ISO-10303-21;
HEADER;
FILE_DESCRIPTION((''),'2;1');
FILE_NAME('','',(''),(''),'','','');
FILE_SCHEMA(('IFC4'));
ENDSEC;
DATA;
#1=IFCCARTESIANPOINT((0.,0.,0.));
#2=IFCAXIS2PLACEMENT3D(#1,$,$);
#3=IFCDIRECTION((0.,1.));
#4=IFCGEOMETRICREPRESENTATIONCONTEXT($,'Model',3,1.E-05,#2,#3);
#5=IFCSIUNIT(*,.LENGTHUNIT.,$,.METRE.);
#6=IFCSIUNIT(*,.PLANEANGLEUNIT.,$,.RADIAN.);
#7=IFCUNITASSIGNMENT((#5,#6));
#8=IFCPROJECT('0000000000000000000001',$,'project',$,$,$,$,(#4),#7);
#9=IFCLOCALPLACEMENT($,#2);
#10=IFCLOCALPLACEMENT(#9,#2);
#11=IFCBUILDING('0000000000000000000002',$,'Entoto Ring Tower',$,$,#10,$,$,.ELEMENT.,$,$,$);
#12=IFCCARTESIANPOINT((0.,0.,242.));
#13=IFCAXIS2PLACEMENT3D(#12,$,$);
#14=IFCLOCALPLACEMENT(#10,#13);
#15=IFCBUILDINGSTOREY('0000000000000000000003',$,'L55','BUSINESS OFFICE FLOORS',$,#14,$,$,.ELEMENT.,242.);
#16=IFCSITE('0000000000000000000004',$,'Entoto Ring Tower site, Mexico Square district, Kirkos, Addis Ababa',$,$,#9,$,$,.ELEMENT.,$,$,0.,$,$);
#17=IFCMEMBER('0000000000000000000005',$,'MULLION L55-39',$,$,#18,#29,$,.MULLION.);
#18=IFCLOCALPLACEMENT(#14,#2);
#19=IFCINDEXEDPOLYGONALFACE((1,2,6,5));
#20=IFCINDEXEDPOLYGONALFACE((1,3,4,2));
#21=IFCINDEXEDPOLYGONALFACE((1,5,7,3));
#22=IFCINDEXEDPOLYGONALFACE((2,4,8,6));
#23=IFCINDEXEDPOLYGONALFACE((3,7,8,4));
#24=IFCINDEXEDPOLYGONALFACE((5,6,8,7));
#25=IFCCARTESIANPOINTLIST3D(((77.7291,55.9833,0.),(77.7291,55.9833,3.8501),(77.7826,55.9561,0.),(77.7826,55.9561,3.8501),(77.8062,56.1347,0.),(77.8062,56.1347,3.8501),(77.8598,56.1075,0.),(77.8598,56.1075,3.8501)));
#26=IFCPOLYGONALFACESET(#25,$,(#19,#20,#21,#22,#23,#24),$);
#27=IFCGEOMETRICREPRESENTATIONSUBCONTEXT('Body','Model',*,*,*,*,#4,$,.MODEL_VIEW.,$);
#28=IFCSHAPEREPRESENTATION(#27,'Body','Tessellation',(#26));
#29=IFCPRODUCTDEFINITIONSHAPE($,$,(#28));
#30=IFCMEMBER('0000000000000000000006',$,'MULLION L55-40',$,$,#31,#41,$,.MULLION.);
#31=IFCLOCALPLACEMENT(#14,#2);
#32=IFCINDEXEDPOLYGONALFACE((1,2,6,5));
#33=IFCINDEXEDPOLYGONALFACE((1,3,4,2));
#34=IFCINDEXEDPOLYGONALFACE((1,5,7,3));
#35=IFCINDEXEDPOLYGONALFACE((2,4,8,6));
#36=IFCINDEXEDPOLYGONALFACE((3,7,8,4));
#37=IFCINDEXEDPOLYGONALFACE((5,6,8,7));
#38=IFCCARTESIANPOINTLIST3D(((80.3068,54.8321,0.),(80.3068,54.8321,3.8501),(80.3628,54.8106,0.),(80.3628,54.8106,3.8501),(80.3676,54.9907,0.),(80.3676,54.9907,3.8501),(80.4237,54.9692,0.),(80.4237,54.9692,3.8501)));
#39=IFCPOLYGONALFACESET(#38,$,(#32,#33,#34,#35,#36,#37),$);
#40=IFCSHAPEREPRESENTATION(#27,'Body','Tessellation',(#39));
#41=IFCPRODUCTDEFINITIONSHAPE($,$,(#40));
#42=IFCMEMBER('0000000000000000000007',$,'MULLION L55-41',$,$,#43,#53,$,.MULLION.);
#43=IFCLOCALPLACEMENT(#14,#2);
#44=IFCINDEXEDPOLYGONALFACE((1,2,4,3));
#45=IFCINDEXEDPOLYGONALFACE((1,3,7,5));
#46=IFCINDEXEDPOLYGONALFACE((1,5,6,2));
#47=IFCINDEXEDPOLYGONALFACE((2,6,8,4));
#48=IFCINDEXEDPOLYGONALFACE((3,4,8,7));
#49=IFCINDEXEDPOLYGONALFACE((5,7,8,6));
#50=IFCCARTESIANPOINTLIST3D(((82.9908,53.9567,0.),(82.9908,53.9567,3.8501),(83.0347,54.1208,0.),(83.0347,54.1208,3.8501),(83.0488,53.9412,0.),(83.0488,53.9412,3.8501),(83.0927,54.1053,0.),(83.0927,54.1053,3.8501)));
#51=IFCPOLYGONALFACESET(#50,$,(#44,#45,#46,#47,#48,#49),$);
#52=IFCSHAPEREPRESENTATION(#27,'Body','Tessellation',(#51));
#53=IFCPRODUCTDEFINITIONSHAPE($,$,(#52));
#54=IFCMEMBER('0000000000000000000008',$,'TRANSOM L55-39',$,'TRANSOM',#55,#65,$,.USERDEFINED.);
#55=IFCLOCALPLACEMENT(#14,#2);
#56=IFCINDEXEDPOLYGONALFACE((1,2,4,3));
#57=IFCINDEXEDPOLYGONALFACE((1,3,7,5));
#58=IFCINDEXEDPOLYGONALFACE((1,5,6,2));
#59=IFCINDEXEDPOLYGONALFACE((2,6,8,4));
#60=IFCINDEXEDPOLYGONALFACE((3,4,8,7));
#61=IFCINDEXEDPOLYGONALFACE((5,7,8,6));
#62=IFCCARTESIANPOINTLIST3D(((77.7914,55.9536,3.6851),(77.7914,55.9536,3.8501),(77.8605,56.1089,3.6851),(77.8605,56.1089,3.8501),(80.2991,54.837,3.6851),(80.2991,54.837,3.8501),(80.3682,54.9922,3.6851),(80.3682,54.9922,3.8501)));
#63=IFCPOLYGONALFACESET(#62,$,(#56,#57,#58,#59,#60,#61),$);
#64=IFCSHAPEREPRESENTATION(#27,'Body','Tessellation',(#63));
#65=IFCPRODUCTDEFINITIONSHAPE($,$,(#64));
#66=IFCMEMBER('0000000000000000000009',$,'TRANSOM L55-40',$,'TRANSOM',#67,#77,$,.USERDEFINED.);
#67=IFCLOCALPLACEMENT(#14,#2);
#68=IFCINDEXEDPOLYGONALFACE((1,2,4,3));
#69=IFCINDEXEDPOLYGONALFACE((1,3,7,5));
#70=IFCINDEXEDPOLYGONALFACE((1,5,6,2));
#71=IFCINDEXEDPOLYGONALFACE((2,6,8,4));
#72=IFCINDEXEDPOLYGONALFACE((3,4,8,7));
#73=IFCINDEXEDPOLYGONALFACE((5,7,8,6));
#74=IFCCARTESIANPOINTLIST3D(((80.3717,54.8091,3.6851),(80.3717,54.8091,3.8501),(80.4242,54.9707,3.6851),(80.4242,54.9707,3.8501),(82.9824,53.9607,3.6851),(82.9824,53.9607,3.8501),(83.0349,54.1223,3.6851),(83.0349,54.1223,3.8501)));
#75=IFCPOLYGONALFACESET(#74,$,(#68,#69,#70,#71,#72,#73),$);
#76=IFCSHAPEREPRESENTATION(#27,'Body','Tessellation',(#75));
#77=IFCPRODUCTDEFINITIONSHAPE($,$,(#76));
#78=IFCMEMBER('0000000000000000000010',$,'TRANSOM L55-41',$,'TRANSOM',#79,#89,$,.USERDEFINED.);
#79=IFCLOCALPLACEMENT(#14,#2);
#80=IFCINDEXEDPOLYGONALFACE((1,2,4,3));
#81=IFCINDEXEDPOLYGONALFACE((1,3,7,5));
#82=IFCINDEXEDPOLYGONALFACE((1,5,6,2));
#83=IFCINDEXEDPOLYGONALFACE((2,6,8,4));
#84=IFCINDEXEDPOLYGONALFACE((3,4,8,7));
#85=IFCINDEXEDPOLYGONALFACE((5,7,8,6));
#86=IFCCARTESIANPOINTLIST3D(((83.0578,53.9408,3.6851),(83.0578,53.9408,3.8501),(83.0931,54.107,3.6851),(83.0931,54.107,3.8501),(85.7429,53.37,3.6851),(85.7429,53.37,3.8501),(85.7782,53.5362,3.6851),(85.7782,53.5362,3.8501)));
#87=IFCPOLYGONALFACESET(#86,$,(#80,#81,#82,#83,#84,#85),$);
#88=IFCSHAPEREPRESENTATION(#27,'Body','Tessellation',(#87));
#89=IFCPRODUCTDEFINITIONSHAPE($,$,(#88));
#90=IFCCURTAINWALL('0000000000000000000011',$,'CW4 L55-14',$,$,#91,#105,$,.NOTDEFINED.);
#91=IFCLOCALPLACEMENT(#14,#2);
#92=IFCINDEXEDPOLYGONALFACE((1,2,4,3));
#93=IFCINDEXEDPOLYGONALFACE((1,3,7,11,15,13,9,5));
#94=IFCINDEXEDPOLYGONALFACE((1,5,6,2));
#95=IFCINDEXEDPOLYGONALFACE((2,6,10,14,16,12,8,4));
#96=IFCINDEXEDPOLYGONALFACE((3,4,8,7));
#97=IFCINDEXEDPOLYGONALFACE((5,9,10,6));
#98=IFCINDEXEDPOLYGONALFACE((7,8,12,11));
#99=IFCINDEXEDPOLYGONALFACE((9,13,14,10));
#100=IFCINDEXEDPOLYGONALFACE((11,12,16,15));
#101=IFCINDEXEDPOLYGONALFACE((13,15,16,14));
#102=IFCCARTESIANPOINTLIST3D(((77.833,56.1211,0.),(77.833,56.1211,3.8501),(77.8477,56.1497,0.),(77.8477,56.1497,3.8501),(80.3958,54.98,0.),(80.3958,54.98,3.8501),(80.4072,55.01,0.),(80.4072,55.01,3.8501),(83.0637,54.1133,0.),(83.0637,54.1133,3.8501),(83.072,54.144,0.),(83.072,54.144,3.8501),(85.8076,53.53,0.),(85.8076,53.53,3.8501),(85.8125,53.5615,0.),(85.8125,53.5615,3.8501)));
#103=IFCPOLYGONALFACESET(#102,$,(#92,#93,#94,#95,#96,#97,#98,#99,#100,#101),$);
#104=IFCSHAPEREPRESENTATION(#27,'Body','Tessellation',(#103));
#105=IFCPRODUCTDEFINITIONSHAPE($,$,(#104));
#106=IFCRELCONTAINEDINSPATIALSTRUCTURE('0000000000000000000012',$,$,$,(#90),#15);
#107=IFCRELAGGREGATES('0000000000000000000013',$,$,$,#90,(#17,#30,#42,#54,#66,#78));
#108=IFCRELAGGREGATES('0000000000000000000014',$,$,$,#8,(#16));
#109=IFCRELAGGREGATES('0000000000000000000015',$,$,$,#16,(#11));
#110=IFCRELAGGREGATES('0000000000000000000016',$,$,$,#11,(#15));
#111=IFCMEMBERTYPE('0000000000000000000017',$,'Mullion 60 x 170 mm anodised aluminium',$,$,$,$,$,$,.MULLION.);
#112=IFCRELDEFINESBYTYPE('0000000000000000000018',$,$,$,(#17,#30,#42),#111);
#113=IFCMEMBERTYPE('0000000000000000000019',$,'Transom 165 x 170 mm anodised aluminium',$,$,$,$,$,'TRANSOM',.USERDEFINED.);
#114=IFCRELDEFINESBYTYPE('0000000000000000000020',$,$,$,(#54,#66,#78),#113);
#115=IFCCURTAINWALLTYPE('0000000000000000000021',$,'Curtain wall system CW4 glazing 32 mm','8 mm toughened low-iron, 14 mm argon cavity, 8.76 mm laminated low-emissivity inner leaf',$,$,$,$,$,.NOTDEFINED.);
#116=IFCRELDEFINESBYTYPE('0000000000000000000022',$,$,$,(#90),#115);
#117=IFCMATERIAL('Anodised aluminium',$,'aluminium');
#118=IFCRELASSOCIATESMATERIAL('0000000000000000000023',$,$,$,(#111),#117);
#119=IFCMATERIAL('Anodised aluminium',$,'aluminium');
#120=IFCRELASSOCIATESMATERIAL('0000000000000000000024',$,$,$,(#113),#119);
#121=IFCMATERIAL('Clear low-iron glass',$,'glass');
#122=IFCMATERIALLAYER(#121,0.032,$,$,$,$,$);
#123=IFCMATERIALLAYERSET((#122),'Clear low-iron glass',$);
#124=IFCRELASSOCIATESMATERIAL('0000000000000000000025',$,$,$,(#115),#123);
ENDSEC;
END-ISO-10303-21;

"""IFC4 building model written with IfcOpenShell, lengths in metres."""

from ifc_helpers import new_model, si_unit, direction, frame, origin, origin_2d, place, context, subcontext, project, spatial, polyline, rectangle, outline, extrude, material, layer, layer_set, material_profile, profile_set, type_object, element, aggregate, save


model = new_model("IFC4")

# Units and contexts
model_context = context("Model", 3, precision=1e-05, world=origin(), true_north=direction((0.0, 1.0)))
body_context = subcontext(model_context, "Body", "Model", "MODEL_VIEW")
ifc_project = project(units=[si_unit("LENGTHUNIT", "METRE"), si_unit("PLANEANGLEUNIT", "RADIAN")], contexts=[model_context])

# Members
ifc_material_1 = material(Name="Anodised aluminium", Category="aluminium")
ifc_material_profile_1 = material_profile(ifc_material_1, rectangle(XDim=0.0601, YDim=0.1699, at=origin_2d()), Name="Mullion 60 x 170 mm anodised aluminium")
ifc_profile_set_1 = profile_set([ifc_material_profile_1], Name="Anodised aluminium")
member_type_1 = type_object("IfcMemberType", Name="Mullion 60 x 170 mm anodised aluminium", PredefinedType="MULLION", material=ifc_profile_set_1)
site_placement = place(None, origin())
building_placement = place(site_placement, origin())
storey_placement = place(building_placement, frame((0.0, 0.0, 242.0)))
member_1_placement = place(storey_placement, frame((77.7944, 56.0454, 0.0), z_axis=(0.0, 0.0, 1.0), x_axis=(0.891007, -0.45399, 0.0)))
member_1 = element("IfcMember", 1, at=member_1_placement, type_object=member_type_1, Name="MULLION L55-39", PredefinedType="MULLION", context=body_context, shape_type="SweptSolid", body=[
    extrude(rectangle(XDim=0.0601, YDim=0.1699, at=origin_2d()), origin(), (0.0, 0.0, 1.0), 3.8501),
])
member_2_placement = place(storey_placement, frame((80.3652, 54.9006, 0.0), z_axis=(0.0, 0.0, 1.0), x_axis=(0.93358, -0.358368, 0.0)))
member_2 = element("IfcMember", 2, at=member_2_placement, type_object=member_type_1, Name="MULLION L55-40", PredefinedType="MULLION", context=body_context, shape_type="SweptSolid", body=[
    extrude(rectangle(XDim=0.0601, YDim=0.1699, at=origin_2d()), origin(), (0.0, 0.0, 1.0), 3.8501),
])
member_3_placement = place(storey_placement, frame((83.0417, 54.031, 0.0), z_axis=(0.0, 0.0, 1.0), x_axis=(0.965926, -0.258819, 0.0)))
member_3 = element("IfcMember", 3, at=member_3_placement, type_object=member_type_1, Name="MULLION L55-41", PredefinedType="MULLION", context=body_context, shape_type="SweptSolid", body=[
    extrude(rectangle(XDim=0.0601, YDim=0.1699, at=origin_2d()), origin(), (0.0, 0.0, 1.0), 3.8501),
])
ifc_material_2 = material(Name="Anodised aluminium", Category="aluminium")
ifc_material_profile_2 = material_profile(ifc_material_2, rectangle(XDim=0.1699, YDim=0.165, at=origin_2d()), Name="Transom 165 x 170 mm anodised aluminium")
ifc_profile_set_2 = profile_set([ifc_material_profile_2], Name="Anodised aluminium")
member_type_2 = type_object("IfcMemberType", Name="Transom 165 x 170 mm anodised aluminium", ElementType="TRANSOM", PredefinedType="USERDEFINED", material=ifc_profile_set_2)
member_4_placement = place(storey_placement, frame((77.8259, 56.0312, 3.7676), z_axis=(0.913525, -0.406782, 0.0), x_axis=(0.406782, 0.913525, 0.0)))
member_4 = element("IfcMember", 4, at=member_4_placement, type_object=member_type_2, Name="TRANSOM L55-39", ObjectType="TRANSOM", PredefinedType="USERDEFINED", context=body_context, shape_type="SweptSolid", body=[
    extrude(rectangle(XDim=0.1699, YDim=0.165, at=origin_2d()), origin(), (0.0, 0.0, 1.0), 2.7451),
])
member_5_placement = place(storey_placement, frame((80.3979, 54.8899, 3.7676), z_axis=(0.951048, -0.309042, 0.0), x_axis=(0.309042, 0.951048, 0.0)))
member_5 = element("IfcMember", 5, at=member_5_placement, type_object=member_type_2, Name="TRANSOM L55-40", ObjectType="TRANSOM", PredefinedType="USERDEFINED", context=body_context, shape_type="SweptSolid", body=[
    extrude(rectangle(XDim=0.1699, YDim=0.165, at=origin_2d()), origin(), (0.0, 0.0, 1.0), 2.7451),
])
member_6_placement = place(storey_placement, frame((83.0754, 54.0239, 3.7676), z_axis=(0.978142, -0.207937, 0.0), x_axis=(0.207937, 0.978142, 0.0)))
member_6 = element("IfcMember", 6, at=member_6_placement, type_object=member_type_2, Name="TRANSOM L55-41", ObjectType="TRANSOM", PredefinedType="USERDEFINED", context=body_context, shape_type="SweptSolid", body=[
    extrude(rectangle(XDim=0.1699, YDim=0.165, at=origin_2d()), origin(), (0.0, 0.0, 1.0), 2.7451),
])

# Site, building, storey
site = spatial("IfcSite", under=ifc_project, at=site_placement, Name="Entoto Ring Tower site, Mexico Square district, Kirkos, Addis Ababa", CompositionType="ELEMENT", RefElevation=0.0)
building = spatial("IfcBuilding", under=site, at=building_placement, Name="Entoto Ring Tower", CompositionType="ELEMENT")
storey = spatial("IfcBuildingStorey", under=building, at=storey_placement, Name="L55", Description="BUSINESS OFFICE FLOORS", CompositionType="ELEMENT", Elevation=242.0)

# Curtain wall
ifc_material_3 = material(Name="Clear low-iron glass", Category="glass")
ifc_layer = layer(ifc_material_3, 0.032)
ifc_layer_set = layer_set([ifc_layer], Name="Clear low-iron glass")
curtain_wall_type = type_object("IfcCurtainWallType", Name="Curtain wall system CW4 glazing 32 mm", Description="8 mm toughened low-iron, 14 mm argon cavity, 8.76 mm laminated low-emissivity inner leaf", PredefinedType="NOTDEFINED", material=ifc_layer_set)
curtain_wall_1_placement = place(storey_placement, origin())
curtain_wall_1 = element("IfcCurtainWall", 7, at=curtain_wall_1_placement, inside=storey, type_object=curtain_wall_type, Name="CW4 L55-14", PredefinedType="NOTDEFINED", context=body_context, shape_type="SweptSolid", body=[
    extrude(outline(polyline([(77.833, 56.1211), (80.3958, 54.98), (83.0637, 54.1133), (85.8076, 53.53), (85.8125, 53.5615), (83.072, 54.144), (80.4072, 55.01), (77.8477, 56.1497), (77.833, 56.1211)])), origin(), (0.0, 0.0, 1.0), 3.8501),
])
aggregate(curtain_wall_1, [member_1, member_2, member_3, member_4, member_5, member_6])

save(model, "model.ifc")
